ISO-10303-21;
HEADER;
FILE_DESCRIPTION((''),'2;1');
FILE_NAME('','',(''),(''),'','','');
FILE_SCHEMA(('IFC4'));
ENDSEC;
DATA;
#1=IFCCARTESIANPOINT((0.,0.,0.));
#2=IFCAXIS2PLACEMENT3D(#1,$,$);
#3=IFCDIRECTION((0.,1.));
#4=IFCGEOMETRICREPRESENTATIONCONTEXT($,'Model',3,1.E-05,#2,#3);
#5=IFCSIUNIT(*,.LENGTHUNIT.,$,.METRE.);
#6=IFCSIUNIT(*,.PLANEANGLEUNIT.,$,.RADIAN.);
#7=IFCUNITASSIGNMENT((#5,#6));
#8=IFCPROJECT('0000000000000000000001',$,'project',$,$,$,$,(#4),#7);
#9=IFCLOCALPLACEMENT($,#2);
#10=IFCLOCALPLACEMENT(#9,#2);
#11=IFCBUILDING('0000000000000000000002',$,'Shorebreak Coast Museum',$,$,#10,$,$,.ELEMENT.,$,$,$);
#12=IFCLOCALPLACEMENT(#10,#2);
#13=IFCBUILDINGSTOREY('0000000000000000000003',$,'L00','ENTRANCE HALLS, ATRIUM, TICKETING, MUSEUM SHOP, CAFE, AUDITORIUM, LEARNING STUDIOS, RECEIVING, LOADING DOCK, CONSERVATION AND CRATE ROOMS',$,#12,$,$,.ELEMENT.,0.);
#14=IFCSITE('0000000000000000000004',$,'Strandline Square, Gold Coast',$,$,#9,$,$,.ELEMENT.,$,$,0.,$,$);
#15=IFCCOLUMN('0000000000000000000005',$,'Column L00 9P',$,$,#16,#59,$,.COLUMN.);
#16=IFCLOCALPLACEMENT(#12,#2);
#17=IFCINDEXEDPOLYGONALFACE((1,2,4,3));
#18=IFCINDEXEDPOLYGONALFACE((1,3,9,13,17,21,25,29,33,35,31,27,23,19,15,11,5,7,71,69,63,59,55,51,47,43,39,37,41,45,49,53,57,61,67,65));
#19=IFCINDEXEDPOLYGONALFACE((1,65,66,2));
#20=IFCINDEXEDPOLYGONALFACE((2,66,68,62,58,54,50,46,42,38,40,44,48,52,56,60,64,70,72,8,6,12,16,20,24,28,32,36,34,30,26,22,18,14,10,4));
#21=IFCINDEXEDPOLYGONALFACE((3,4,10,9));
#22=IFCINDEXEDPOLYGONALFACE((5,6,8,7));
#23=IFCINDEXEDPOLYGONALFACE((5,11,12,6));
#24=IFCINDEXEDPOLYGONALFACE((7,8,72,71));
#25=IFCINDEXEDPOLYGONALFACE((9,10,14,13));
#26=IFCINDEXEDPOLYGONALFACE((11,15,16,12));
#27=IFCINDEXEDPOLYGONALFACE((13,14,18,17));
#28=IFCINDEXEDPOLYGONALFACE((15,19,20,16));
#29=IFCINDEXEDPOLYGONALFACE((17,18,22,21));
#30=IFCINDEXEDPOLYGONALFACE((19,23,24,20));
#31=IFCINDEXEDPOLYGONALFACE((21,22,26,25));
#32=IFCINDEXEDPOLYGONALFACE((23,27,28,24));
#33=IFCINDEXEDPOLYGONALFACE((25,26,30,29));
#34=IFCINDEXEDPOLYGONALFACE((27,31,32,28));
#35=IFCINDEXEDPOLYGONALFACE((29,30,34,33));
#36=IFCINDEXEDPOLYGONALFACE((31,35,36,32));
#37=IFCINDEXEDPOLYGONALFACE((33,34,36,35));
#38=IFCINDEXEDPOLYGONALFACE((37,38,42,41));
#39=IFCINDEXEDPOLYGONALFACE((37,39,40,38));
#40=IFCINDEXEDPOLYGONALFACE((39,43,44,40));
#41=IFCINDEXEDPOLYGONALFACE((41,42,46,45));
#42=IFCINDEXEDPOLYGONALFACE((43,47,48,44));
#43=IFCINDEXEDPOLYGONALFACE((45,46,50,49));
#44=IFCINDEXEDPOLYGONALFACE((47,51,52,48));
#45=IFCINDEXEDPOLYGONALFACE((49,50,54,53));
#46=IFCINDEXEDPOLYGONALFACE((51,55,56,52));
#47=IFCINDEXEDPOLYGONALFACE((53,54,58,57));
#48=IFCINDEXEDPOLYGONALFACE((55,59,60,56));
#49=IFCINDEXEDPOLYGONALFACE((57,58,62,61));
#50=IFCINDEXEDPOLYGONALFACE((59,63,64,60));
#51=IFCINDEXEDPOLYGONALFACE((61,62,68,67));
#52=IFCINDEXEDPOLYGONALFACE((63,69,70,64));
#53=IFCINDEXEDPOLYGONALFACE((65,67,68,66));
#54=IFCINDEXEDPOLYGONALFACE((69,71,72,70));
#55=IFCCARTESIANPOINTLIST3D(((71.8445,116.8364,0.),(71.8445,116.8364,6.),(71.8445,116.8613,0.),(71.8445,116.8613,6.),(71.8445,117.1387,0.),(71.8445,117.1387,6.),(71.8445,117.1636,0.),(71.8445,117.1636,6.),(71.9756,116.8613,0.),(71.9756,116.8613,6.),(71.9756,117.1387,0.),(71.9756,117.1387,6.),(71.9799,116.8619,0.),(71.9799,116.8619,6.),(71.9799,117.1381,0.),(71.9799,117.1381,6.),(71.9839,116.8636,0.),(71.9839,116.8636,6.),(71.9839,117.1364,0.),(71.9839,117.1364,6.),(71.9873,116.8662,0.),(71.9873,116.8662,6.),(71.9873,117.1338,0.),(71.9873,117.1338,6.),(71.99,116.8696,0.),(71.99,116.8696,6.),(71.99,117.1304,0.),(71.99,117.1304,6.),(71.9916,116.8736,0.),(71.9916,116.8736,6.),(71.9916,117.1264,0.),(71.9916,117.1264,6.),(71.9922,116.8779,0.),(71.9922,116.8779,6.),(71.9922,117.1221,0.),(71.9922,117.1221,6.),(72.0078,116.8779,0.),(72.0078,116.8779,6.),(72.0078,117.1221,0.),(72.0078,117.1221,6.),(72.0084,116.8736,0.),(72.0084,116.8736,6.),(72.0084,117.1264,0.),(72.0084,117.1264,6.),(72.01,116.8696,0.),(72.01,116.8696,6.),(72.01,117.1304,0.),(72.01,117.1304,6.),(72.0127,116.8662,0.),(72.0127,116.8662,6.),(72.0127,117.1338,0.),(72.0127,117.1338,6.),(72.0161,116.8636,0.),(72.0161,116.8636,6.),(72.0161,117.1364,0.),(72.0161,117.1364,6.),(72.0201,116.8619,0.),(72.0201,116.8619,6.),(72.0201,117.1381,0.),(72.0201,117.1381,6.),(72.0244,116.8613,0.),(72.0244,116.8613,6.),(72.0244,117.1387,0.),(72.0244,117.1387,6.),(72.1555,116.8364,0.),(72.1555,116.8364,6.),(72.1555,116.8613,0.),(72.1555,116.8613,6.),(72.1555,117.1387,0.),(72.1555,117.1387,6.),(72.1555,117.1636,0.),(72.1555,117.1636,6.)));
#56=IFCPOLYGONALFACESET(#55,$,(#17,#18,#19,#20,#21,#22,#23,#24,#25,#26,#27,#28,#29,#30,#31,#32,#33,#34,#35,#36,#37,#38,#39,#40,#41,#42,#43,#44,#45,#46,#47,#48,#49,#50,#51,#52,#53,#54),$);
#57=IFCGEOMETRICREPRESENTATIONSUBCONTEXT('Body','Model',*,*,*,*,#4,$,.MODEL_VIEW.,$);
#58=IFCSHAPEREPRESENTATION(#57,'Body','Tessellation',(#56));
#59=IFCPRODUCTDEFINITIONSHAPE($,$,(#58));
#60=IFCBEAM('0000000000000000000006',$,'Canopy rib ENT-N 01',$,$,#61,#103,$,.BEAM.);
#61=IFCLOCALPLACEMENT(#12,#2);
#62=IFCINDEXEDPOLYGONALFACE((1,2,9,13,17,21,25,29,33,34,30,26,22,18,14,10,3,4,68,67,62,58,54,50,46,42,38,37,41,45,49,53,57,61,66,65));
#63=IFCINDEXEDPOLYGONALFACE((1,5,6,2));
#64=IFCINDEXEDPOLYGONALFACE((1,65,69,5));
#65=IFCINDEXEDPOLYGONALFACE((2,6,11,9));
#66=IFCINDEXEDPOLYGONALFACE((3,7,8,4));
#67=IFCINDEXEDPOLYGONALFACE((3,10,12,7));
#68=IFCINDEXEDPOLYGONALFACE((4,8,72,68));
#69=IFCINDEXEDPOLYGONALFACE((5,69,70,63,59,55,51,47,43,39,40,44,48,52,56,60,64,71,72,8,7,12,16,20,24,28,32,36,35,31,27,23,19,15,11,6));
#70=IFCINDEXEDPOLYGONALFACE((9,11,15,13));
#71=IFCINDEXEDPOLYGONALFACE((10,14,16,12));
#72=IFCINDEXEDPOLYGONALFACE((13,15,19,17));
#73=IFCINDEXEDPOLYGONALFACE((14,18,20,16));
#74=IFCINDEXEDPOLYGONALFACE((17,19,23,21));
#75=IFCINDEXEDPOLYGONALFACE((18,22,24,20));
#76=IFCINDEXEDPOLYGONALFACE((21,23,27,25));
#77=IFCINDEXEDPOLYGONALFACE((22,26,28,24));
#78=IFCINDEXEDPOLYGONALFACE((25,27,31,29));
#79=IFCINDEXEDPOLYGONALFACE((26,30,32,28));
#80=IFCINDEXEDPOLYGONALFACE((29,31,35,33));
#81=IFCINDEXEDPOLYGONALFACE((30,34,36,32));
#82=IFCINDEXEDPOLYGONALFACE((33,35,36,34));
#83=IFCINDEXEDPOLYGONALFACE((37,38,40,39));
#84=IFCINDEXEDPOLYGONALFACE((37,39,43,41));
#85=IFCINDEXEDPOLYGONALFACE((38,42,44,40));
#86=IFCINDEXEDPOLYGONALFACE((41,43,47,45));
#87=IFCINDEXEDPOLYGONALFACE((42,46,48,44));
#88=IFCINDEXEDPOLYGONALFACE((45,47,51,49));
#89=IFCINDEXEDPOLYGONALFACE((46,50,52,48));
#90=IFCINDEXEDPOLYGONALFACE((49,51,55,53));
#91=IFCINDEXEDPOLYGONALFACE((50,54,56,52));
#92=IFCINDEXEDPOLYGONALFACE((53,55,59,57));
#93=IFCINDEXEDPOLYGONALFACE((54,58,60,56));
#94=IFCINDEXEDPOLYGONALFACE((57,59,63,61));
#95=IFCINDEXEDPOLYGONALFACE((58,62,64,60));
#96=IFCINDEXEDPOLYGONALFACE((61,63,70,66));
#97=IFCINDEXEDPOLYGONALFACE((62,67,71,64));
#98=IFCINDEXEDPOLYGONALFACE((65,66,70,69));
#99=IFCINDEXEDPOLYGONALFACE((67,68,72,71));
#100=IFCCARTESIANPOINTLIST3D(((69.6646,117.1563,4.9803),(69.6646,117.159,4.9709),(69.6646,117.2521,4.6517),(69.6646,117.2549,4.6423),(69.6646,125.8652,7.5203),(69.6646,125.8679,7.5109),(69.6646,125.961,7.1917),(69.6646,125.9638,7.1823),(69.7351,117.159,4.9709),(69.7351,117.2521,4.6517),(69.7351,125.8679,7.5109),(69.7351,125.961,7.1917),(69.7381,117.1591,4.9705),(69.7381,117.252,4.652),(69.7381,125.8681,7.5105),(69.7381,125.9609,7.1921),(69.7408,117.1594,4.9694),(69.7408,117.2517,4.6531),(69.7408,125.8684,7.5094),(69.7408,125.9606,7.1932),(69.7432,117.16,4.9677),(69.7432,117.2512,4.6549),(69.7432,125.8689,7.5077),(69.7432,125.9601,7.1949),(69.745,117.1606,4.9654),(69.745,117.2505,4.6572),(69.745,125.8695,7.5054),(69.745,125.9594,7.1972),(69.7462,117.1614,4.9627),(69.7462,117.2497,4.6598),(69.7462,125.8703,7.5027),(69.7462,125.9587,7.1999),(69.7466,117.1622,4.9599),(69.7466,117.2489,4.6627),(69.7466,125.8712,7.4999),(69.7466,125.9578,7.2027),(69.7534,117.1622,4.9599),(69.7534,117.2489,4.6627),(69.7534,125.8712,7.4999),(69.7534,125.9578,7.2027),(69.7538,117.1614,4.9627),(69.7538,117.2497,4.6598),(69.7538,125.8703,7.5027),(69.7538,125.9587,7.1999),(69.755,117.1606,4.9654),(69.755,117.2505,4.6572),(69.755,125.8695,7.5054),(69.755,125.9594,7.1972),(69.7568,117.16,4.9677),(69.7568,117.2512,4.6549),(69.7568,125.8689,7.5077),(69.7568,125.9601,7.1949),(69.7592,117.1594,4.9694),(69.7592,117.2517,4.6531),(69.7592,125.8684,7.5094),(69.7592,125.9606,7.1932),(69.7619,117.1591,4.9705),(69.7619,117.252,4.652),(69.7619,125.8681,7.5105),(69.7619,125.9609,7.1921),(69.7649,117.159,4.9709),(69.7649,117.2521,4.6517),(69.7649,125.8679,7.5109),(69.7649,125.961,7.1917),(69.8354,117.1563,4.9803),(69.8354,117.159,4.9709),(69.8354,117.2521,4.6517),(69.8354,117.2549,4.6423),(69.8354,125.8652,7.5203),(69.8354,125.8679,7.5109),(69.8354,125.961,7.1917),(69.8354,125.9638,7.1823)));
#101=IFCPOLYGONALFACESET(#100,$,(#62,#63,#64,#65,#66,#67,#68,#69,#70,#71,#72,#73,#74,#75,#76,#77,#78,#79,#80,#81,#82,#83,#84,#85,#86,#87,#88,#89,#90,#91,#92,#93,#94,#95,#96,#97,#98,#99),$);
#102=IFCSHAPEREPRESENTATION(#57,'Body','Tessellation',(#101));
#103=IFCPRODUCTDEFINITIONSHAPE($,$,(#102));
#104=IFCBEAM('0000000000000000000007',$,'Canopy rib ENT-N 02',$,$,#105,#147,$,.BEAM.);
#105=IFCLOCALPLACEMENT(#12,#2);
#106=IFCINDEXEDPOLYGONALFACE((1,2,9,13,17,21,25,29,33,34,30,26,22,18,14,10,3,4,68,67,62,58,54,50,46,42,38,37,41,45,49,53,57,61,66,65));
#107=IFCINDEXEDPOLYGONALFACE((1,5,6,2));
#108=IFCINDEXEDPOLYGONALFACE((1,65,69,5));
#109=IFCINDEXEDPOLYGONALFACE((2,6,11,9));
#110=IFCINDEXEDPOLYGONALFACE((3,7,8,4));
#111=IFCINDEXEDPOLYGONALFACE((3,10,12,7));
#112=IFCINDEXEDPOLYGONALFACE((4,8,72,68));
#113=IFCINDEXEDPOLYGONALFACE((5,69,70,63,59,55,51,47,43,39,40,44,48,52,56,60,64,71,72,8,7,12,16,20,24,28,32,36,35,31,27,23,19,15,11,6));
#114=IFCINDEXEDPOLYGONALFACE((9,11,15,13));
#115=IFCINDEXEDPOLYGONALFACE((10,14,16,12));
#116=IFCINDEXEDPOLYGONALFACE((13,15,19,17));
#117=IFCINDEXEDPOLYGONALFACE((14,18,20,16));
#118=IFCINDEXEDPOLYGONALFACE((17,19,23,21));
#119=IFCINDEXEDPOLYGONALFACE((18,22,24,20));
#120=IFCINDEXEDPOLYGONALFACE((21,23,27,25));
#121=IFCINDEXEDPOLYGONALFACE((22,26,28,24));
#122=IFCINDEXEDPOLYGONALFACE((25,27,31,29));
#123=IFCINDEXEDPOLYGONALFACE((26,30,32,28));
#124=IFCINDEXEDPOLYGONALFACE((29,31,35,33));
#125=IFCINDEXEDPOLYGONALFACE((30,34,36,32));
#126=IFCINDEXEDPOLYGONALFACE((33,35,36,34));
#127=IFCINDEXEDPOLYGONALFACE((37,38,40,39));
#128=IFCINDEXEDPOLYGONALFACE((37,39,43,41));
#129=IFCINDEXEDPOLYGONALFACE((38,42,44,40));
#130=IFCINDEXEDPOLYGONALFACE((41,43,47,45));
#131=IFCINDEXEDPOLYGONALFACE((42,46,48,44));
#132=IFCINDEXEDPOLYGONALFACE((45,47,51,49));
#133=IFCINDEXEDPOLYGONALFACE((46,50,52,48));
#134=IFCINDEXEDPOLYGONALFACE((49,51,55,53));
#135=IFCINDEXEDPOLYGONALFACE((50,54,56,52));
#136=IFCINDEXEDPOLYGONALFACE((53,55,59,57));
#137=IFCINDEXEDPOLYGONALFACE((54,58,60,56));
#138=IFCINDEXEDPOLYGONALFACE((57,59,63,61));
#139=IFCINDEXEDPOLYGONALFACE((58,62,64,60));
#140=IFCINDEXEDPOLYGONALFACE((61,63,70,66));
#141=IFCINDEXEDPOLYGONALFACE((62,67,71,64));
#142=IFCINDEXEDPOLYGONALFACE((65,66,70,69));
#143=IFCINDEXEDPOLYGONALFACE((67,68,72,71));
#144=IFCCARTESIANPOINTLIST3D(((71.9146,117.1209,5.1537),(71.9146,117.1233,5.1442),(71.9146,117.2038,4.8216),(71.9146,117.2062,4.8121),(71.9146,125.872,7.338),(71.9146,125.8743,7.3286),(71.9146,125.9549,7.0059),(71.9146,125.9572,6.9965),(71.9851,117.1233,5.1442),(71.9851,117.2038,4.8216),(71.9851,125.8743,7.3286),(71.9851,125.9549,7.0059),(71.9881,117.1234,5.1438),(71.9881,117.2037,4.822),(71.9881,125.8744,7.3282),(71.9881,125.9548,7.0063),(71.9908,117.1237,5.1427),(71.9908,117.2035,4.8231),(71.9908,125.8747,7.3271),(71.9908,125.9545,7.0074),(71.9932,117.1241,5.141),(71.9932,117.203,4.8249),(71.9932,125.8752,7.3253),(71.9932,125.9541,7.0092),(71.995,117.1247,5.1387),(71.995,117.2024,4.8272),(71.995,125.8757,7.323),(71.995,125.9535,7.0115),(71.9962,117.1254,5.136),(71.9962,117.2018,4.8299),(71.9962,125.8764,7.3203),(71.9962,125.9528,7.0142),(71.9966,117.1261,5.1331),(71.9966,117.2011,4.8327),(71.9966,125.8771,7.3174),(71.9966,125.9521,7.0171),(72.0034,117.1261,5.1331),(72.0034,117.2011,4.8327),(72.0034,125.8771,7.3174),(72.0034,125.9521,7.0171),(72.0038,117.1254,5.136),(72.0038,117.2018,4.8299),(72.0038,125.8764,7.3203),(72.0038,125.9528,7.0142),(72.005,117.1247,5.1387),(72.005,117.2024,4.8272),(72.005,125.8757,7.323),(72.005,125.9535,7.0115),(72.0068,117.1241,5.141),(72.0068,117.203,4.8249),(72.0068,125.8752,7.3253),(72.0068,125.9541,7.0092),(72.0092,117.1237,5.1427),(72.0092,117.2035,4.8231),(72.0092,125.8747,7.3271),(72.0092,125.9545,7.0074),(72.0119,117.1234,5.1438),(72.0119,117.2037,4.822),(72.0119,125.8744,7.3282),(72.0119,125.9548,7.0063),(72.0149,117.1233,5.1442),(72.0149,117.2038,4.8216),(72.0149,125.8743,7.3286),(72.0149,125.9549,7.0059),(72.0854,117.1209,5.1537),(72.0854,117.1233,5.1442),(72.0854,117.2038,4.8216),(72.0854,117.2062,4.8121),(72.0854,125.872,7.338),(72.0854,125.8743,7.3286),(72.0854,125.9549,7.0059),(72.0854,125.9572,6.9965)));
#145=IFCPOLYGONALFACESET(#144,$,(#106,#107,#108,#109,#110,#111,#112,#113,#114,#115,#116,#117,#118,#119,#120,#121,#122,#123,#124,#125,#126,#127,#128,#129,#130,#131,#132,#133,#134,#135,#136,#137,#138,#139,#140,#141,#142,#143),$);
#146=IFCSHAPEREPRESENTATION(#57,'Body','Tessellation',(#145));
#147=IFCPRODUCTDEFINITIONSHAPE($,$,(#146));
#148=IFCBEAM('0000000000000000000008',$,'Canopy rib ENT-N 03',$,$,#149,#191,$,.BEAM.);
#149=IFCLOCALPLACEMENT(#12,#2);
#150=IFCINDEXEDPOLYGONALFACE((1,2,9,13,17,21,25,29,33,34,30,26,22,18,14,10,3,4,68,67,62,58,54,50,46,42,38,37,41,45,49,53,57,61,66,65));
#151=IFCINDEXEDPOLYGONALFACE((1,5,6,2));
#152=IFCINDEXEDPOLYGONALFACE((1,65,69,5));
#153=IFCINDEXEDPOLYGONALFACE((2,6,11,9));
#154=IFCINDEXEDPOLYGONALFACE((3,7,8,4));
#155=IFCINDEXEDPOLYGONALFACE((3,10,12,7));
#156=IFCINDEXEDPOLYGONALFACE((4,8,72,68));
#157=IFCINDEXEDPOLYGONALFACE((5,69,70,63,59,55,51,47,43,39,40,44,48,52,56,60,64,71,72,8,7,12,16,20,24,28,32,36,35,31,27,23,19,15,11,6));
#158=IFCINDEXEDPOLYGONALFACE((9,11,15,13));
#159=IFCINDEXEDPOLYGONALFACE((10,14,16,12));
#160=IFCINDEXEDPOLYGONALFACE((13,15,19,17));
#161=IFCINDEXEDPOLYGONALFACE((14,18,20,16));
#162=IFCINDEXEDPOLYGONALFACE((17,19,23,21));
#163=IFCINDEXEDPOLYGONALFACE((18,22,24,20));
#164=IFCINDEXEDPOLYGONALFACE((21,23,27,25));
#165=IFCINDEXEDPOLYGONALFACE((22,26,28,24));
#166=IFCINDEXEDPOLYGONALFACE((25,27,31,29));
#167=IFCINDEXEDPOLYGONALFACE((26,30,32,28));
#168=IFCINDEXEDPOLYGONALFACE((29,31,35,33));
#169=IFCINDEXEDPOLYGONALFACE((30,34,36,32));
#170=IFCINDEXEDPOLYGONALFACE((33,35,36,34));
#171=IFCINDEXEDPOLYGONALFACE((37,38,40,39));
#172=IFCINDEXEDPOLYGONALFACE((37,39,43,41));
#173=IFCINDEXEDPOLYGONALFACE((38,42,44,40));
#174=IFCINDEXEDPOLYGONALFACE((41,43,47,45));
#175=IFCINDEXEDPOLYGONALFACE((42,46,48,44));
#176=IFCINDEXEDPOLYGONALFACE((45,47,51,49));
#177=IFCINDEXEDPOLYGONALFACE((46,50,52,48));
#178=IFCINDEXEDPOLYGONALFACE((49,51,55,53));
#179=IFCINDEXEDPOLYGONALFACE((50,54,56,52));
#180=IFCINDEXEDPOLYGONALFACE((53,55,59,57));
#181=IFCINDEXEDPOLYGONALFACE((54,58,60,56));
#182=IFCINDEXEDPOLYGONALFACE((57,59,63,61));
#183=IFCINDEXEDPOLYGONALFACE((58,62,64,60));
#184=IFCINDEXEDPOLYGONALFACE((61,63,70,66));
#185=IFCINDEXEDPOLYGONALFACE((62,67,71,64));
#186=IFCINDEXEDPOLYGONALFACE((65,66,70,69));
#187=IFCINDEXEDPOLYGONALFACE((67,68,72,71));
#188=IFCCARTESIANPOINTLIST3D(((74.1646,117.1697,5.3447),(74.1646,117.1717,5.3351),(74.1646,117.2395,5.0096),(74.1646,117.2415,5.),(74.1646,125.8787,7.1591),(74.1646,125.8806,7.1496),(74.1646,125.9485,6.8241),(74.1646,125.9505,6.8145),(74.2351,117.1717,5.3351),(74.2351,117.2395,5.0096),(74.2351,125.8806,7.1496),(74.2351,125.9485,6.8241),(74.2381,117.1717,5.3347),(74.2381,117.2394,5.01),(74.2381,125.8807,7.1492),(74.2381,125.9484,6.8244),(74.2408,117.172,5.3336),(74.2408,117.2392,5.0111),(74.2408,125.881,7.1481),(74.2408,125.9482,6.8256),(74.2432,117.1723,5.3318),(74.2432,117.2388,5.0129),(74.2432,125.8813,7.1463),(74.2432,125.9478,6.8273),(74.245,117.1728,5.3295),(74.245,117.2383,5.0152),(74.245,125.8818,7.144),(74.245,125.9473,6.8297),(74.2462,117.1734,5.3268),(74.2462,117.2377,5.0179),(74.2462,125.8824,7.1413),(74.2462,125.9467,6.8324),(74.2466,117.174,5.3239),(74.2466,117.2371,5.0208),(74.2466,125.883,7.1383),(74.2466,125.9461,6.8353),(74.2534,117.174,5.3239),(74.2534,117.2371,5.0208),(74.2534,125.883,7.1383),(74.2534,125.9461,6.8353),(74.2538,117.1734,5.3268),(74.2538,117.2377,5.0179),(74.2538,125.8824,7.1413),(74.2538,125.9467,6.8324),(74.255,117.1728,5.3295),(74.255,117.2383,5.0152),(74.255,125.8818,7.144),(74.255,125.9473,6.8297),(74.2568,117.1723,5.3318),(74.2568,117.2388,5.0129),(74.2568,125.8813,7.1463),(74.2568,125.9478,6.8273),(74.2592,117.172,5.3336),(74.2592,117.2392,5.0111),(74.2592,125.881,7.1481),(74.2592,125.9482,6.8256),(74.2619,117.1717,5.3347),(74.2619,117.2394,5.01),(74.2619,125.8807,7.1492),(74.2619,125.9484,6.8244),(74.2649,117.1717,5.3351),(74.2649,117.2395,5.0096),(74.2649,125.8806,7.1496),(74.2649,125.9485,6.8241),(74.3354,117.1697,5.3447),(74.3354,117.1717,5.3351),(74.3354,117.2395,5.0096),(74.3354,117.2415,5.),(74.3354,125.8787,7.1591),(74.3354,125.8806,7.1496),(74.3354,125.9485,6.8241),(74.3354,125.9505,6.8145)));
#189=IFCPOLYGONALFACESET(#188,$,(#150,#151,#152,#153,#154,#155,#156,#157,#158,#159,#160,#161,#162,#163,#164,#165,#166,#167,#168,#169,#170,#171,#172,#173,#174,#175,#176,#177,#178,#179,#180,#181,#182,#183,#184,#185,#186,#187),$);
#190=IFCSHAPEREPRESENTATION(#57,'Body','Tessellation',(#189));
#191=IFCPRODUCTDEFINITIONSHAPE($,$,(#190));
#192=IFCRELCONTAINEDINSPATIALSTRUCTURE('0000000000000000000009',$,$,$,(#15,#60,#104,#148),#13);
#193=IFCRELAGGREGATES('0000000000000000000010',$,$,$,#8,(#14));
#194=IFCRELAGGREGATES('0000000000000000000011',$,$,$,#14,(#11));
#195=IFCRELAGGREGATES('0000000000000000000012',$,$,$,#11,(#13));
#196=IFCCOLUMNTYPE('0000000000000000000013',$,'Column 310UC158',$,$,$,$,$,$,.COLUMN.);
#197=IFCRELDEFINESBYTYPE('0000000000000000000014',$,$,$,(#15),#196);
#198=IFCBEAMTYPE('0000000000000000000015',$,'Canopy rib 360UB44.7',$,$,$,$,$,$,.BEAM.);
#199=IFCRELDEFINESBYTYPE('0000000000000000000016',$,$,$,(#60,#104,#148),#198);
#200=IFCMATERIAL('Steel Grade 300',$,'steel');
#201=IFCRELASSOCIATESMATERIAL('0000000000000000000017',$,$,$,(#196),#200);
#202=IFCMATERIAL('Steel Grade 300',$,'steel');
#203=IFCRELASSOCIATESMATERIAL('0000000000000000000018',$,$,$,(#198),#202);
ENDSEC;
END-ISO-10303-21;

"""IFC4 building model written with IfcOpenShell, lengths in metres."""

from ifc_helpers import new_model, si_unit, direction, frame, origin, origin_2d, place, context, subcontext, project, spatial, i_section, extrude, material, material_profile, profile_set, type_object, element, save


model = new_model("IFC4")

# Units and contexts
model_context = context("Model", 3, precision=1e-05, world=origin(), true_north=direction((0.0, 1.0)))
body_context = subcontext(model_context, "Body", "Model", "MODEL_VIEW")
ifc_project = project(units=[si_unit("LENGTHUNIT", "METRE"), si_unit("PLANEANGLEUNIT", "RADIAN")], contexts=[model_context])

# Site, building, storey
site_placement = place(None, origin())
site = spatial("IfcSite", under=ifc_project, at=site_placement, Name="Strandline Square, Gold Coast", CompositionType="ELEMENT", RefElevation=0.0)
building_placement = place(site_placement, origin())
building = spatial("IfcBuilding", under=site, at=building_placement, Name="Shorebreak Coast Museum", CompositionType="ELEMENT")
storey_placement = place(building_placement, origin())
storey = spatial("IfcBuildingStorey", under=building, at=storey_placement, Name="L00", Description="ENTRANCE HALLS, ATRIUM, TICKETING, MUSEUM SHOP, CAFE, AUDITORIUM, LEARNING STUDIOS, RECEIVING, LOADING DOCK, CONSERVATION AND CRATE ROOMS", CompositionType="ELEMENT", Elevation=0.0)

# Column
ifc_material_1 = material(Name="Steel Grade 300", Category="steel")
ifc_material_profile_1 = material_profile(ifc_material_1, i_section(OverallWidth=0.311, OverallDepth=0.3271, WebThickness=0.0156, FlangeThickness=0.0249, FilletRadius=0.0166, at=origin_2d()), Name="310UC158")
ifc_profile_set_1 = profile_set([ifc_material_profile_1], Name="Steel Grade 300")
column_type = type_object("IfcColumnType", Name="Column 310UC158", PredefinedType="COLUMN", material=ifc_profile_set_1)
column_placement = place(storey_placement, frame((72.0, 117.0, 0.0), z_axis=(0.0, 0.0, 1.0), x_axis=(1.0, 0.0, 0.0)))
element("IfcColumn", 1, at=column_placement, inside=storey, type_object=column_type, Name="Column L00 9P", PredefinedType="COLUMN", context=body_context, shape_type="SweptSolid", body=[
    extrude(i_section(OverallWidth=0.311, OverallDepth=0.3271, WebThickness=0.0156, FlangeThickness=0.0249, FilletRadius=0.0166, at=origin_2d()), origin(), (0.0, 0.0, 1.0), 6.0),
])

# Beams
ifc_material_2 = material(Name="Steel Grade 300", Category="steel")
ifc_material_profile_2 = material_profile(ifc_material_2, i_section(OverallWidth=0.1709, OverallDepth=0.3521, WebThickness=0.0068, FlangeThickness=0.0098, FilletRadius=0.0115, at=origin_2d()), Name="360UB44.7")
ifc_profile_set_2 = profile_set([ifc_material_profile_2], Name="Steel Grade 300")
beam_type_1 = type_object("IfcBeamType", Name="Canopy rib 360UB44.7", PredefinedType="BEAM", material=ifc_profile_set_2)
beam_1_placement = place(storey_placement, frame((69.75, 117.2056, 4.8113), z_axis=(0.0, 0.960002, 0.279992), x_axis=(-1.0, 0.0, 0.0)))
element("IfcBeam", 2, at=beam_1_placement, inside=storey, type_object=beam_type_1, Name="Canopy rib ENT-N 01", PredefinedType="BEAM", context=body_context, shape_type="SweptSolid", body=[
    extrude(i_section(OverallWidth=0.1709, OverallDepth=0.3521, WebThickness=0.0068, FlangeThickness=0.0098, FilletRadius=0.0115, at=origin_2d()), origin(), (0.0, 0.0, 1.0), 9.0718),
])
beam_2_placement = place(storey_placement, frame((72.0, 117.1636, 4.9829), z_axis=(0.0, 0.970232, 0.242179), x_axis=(-1.0, 0.0, 0.0)))
element("IfcBeam", 3, at=beam_2_placement, inside=storey, type_object=beam_type_1, Name="Canopy rib ENT-N 02", PredefinedType="BEAM", context=body_context, shape_type="SweptSolid", body=[
    extrude(i_section(OverallWidth=0.1709, OverallDepth=0.3521, WebThickness=0.0068, FlangeThickness=0.0098, FilletRadius=0.0115, at=origin_2d()), origin(), (0.0, 0.0, 1.0), 9.0195),
])
beam_3_placement = place(storey_placement, frame((74.25, 117.2056, 5.1724), z_axis=(0.0, 0.978979, 0.203963), x_axis=(-1.0, 0.0, 0.0)))
element("IfcBeam", 4, at=beam_3_placement, inside=storey, type_object=beam_type_1, Name="Canopy rib ENT-N 03", PredefinedType="BEAM", context=body_context, shape_type="SweptSolid", body=[
    extrude(i_section(OverallWidth=0.1709, OverallDepth=0.3521, WebThickness=0.0068, FlangeThickness=0.0098, FilletRadius=0.0115, at=origin_2d()), origin(), (0.0, 0.0, 1.0), 8.896),
])

save(model, "model.ifc")
